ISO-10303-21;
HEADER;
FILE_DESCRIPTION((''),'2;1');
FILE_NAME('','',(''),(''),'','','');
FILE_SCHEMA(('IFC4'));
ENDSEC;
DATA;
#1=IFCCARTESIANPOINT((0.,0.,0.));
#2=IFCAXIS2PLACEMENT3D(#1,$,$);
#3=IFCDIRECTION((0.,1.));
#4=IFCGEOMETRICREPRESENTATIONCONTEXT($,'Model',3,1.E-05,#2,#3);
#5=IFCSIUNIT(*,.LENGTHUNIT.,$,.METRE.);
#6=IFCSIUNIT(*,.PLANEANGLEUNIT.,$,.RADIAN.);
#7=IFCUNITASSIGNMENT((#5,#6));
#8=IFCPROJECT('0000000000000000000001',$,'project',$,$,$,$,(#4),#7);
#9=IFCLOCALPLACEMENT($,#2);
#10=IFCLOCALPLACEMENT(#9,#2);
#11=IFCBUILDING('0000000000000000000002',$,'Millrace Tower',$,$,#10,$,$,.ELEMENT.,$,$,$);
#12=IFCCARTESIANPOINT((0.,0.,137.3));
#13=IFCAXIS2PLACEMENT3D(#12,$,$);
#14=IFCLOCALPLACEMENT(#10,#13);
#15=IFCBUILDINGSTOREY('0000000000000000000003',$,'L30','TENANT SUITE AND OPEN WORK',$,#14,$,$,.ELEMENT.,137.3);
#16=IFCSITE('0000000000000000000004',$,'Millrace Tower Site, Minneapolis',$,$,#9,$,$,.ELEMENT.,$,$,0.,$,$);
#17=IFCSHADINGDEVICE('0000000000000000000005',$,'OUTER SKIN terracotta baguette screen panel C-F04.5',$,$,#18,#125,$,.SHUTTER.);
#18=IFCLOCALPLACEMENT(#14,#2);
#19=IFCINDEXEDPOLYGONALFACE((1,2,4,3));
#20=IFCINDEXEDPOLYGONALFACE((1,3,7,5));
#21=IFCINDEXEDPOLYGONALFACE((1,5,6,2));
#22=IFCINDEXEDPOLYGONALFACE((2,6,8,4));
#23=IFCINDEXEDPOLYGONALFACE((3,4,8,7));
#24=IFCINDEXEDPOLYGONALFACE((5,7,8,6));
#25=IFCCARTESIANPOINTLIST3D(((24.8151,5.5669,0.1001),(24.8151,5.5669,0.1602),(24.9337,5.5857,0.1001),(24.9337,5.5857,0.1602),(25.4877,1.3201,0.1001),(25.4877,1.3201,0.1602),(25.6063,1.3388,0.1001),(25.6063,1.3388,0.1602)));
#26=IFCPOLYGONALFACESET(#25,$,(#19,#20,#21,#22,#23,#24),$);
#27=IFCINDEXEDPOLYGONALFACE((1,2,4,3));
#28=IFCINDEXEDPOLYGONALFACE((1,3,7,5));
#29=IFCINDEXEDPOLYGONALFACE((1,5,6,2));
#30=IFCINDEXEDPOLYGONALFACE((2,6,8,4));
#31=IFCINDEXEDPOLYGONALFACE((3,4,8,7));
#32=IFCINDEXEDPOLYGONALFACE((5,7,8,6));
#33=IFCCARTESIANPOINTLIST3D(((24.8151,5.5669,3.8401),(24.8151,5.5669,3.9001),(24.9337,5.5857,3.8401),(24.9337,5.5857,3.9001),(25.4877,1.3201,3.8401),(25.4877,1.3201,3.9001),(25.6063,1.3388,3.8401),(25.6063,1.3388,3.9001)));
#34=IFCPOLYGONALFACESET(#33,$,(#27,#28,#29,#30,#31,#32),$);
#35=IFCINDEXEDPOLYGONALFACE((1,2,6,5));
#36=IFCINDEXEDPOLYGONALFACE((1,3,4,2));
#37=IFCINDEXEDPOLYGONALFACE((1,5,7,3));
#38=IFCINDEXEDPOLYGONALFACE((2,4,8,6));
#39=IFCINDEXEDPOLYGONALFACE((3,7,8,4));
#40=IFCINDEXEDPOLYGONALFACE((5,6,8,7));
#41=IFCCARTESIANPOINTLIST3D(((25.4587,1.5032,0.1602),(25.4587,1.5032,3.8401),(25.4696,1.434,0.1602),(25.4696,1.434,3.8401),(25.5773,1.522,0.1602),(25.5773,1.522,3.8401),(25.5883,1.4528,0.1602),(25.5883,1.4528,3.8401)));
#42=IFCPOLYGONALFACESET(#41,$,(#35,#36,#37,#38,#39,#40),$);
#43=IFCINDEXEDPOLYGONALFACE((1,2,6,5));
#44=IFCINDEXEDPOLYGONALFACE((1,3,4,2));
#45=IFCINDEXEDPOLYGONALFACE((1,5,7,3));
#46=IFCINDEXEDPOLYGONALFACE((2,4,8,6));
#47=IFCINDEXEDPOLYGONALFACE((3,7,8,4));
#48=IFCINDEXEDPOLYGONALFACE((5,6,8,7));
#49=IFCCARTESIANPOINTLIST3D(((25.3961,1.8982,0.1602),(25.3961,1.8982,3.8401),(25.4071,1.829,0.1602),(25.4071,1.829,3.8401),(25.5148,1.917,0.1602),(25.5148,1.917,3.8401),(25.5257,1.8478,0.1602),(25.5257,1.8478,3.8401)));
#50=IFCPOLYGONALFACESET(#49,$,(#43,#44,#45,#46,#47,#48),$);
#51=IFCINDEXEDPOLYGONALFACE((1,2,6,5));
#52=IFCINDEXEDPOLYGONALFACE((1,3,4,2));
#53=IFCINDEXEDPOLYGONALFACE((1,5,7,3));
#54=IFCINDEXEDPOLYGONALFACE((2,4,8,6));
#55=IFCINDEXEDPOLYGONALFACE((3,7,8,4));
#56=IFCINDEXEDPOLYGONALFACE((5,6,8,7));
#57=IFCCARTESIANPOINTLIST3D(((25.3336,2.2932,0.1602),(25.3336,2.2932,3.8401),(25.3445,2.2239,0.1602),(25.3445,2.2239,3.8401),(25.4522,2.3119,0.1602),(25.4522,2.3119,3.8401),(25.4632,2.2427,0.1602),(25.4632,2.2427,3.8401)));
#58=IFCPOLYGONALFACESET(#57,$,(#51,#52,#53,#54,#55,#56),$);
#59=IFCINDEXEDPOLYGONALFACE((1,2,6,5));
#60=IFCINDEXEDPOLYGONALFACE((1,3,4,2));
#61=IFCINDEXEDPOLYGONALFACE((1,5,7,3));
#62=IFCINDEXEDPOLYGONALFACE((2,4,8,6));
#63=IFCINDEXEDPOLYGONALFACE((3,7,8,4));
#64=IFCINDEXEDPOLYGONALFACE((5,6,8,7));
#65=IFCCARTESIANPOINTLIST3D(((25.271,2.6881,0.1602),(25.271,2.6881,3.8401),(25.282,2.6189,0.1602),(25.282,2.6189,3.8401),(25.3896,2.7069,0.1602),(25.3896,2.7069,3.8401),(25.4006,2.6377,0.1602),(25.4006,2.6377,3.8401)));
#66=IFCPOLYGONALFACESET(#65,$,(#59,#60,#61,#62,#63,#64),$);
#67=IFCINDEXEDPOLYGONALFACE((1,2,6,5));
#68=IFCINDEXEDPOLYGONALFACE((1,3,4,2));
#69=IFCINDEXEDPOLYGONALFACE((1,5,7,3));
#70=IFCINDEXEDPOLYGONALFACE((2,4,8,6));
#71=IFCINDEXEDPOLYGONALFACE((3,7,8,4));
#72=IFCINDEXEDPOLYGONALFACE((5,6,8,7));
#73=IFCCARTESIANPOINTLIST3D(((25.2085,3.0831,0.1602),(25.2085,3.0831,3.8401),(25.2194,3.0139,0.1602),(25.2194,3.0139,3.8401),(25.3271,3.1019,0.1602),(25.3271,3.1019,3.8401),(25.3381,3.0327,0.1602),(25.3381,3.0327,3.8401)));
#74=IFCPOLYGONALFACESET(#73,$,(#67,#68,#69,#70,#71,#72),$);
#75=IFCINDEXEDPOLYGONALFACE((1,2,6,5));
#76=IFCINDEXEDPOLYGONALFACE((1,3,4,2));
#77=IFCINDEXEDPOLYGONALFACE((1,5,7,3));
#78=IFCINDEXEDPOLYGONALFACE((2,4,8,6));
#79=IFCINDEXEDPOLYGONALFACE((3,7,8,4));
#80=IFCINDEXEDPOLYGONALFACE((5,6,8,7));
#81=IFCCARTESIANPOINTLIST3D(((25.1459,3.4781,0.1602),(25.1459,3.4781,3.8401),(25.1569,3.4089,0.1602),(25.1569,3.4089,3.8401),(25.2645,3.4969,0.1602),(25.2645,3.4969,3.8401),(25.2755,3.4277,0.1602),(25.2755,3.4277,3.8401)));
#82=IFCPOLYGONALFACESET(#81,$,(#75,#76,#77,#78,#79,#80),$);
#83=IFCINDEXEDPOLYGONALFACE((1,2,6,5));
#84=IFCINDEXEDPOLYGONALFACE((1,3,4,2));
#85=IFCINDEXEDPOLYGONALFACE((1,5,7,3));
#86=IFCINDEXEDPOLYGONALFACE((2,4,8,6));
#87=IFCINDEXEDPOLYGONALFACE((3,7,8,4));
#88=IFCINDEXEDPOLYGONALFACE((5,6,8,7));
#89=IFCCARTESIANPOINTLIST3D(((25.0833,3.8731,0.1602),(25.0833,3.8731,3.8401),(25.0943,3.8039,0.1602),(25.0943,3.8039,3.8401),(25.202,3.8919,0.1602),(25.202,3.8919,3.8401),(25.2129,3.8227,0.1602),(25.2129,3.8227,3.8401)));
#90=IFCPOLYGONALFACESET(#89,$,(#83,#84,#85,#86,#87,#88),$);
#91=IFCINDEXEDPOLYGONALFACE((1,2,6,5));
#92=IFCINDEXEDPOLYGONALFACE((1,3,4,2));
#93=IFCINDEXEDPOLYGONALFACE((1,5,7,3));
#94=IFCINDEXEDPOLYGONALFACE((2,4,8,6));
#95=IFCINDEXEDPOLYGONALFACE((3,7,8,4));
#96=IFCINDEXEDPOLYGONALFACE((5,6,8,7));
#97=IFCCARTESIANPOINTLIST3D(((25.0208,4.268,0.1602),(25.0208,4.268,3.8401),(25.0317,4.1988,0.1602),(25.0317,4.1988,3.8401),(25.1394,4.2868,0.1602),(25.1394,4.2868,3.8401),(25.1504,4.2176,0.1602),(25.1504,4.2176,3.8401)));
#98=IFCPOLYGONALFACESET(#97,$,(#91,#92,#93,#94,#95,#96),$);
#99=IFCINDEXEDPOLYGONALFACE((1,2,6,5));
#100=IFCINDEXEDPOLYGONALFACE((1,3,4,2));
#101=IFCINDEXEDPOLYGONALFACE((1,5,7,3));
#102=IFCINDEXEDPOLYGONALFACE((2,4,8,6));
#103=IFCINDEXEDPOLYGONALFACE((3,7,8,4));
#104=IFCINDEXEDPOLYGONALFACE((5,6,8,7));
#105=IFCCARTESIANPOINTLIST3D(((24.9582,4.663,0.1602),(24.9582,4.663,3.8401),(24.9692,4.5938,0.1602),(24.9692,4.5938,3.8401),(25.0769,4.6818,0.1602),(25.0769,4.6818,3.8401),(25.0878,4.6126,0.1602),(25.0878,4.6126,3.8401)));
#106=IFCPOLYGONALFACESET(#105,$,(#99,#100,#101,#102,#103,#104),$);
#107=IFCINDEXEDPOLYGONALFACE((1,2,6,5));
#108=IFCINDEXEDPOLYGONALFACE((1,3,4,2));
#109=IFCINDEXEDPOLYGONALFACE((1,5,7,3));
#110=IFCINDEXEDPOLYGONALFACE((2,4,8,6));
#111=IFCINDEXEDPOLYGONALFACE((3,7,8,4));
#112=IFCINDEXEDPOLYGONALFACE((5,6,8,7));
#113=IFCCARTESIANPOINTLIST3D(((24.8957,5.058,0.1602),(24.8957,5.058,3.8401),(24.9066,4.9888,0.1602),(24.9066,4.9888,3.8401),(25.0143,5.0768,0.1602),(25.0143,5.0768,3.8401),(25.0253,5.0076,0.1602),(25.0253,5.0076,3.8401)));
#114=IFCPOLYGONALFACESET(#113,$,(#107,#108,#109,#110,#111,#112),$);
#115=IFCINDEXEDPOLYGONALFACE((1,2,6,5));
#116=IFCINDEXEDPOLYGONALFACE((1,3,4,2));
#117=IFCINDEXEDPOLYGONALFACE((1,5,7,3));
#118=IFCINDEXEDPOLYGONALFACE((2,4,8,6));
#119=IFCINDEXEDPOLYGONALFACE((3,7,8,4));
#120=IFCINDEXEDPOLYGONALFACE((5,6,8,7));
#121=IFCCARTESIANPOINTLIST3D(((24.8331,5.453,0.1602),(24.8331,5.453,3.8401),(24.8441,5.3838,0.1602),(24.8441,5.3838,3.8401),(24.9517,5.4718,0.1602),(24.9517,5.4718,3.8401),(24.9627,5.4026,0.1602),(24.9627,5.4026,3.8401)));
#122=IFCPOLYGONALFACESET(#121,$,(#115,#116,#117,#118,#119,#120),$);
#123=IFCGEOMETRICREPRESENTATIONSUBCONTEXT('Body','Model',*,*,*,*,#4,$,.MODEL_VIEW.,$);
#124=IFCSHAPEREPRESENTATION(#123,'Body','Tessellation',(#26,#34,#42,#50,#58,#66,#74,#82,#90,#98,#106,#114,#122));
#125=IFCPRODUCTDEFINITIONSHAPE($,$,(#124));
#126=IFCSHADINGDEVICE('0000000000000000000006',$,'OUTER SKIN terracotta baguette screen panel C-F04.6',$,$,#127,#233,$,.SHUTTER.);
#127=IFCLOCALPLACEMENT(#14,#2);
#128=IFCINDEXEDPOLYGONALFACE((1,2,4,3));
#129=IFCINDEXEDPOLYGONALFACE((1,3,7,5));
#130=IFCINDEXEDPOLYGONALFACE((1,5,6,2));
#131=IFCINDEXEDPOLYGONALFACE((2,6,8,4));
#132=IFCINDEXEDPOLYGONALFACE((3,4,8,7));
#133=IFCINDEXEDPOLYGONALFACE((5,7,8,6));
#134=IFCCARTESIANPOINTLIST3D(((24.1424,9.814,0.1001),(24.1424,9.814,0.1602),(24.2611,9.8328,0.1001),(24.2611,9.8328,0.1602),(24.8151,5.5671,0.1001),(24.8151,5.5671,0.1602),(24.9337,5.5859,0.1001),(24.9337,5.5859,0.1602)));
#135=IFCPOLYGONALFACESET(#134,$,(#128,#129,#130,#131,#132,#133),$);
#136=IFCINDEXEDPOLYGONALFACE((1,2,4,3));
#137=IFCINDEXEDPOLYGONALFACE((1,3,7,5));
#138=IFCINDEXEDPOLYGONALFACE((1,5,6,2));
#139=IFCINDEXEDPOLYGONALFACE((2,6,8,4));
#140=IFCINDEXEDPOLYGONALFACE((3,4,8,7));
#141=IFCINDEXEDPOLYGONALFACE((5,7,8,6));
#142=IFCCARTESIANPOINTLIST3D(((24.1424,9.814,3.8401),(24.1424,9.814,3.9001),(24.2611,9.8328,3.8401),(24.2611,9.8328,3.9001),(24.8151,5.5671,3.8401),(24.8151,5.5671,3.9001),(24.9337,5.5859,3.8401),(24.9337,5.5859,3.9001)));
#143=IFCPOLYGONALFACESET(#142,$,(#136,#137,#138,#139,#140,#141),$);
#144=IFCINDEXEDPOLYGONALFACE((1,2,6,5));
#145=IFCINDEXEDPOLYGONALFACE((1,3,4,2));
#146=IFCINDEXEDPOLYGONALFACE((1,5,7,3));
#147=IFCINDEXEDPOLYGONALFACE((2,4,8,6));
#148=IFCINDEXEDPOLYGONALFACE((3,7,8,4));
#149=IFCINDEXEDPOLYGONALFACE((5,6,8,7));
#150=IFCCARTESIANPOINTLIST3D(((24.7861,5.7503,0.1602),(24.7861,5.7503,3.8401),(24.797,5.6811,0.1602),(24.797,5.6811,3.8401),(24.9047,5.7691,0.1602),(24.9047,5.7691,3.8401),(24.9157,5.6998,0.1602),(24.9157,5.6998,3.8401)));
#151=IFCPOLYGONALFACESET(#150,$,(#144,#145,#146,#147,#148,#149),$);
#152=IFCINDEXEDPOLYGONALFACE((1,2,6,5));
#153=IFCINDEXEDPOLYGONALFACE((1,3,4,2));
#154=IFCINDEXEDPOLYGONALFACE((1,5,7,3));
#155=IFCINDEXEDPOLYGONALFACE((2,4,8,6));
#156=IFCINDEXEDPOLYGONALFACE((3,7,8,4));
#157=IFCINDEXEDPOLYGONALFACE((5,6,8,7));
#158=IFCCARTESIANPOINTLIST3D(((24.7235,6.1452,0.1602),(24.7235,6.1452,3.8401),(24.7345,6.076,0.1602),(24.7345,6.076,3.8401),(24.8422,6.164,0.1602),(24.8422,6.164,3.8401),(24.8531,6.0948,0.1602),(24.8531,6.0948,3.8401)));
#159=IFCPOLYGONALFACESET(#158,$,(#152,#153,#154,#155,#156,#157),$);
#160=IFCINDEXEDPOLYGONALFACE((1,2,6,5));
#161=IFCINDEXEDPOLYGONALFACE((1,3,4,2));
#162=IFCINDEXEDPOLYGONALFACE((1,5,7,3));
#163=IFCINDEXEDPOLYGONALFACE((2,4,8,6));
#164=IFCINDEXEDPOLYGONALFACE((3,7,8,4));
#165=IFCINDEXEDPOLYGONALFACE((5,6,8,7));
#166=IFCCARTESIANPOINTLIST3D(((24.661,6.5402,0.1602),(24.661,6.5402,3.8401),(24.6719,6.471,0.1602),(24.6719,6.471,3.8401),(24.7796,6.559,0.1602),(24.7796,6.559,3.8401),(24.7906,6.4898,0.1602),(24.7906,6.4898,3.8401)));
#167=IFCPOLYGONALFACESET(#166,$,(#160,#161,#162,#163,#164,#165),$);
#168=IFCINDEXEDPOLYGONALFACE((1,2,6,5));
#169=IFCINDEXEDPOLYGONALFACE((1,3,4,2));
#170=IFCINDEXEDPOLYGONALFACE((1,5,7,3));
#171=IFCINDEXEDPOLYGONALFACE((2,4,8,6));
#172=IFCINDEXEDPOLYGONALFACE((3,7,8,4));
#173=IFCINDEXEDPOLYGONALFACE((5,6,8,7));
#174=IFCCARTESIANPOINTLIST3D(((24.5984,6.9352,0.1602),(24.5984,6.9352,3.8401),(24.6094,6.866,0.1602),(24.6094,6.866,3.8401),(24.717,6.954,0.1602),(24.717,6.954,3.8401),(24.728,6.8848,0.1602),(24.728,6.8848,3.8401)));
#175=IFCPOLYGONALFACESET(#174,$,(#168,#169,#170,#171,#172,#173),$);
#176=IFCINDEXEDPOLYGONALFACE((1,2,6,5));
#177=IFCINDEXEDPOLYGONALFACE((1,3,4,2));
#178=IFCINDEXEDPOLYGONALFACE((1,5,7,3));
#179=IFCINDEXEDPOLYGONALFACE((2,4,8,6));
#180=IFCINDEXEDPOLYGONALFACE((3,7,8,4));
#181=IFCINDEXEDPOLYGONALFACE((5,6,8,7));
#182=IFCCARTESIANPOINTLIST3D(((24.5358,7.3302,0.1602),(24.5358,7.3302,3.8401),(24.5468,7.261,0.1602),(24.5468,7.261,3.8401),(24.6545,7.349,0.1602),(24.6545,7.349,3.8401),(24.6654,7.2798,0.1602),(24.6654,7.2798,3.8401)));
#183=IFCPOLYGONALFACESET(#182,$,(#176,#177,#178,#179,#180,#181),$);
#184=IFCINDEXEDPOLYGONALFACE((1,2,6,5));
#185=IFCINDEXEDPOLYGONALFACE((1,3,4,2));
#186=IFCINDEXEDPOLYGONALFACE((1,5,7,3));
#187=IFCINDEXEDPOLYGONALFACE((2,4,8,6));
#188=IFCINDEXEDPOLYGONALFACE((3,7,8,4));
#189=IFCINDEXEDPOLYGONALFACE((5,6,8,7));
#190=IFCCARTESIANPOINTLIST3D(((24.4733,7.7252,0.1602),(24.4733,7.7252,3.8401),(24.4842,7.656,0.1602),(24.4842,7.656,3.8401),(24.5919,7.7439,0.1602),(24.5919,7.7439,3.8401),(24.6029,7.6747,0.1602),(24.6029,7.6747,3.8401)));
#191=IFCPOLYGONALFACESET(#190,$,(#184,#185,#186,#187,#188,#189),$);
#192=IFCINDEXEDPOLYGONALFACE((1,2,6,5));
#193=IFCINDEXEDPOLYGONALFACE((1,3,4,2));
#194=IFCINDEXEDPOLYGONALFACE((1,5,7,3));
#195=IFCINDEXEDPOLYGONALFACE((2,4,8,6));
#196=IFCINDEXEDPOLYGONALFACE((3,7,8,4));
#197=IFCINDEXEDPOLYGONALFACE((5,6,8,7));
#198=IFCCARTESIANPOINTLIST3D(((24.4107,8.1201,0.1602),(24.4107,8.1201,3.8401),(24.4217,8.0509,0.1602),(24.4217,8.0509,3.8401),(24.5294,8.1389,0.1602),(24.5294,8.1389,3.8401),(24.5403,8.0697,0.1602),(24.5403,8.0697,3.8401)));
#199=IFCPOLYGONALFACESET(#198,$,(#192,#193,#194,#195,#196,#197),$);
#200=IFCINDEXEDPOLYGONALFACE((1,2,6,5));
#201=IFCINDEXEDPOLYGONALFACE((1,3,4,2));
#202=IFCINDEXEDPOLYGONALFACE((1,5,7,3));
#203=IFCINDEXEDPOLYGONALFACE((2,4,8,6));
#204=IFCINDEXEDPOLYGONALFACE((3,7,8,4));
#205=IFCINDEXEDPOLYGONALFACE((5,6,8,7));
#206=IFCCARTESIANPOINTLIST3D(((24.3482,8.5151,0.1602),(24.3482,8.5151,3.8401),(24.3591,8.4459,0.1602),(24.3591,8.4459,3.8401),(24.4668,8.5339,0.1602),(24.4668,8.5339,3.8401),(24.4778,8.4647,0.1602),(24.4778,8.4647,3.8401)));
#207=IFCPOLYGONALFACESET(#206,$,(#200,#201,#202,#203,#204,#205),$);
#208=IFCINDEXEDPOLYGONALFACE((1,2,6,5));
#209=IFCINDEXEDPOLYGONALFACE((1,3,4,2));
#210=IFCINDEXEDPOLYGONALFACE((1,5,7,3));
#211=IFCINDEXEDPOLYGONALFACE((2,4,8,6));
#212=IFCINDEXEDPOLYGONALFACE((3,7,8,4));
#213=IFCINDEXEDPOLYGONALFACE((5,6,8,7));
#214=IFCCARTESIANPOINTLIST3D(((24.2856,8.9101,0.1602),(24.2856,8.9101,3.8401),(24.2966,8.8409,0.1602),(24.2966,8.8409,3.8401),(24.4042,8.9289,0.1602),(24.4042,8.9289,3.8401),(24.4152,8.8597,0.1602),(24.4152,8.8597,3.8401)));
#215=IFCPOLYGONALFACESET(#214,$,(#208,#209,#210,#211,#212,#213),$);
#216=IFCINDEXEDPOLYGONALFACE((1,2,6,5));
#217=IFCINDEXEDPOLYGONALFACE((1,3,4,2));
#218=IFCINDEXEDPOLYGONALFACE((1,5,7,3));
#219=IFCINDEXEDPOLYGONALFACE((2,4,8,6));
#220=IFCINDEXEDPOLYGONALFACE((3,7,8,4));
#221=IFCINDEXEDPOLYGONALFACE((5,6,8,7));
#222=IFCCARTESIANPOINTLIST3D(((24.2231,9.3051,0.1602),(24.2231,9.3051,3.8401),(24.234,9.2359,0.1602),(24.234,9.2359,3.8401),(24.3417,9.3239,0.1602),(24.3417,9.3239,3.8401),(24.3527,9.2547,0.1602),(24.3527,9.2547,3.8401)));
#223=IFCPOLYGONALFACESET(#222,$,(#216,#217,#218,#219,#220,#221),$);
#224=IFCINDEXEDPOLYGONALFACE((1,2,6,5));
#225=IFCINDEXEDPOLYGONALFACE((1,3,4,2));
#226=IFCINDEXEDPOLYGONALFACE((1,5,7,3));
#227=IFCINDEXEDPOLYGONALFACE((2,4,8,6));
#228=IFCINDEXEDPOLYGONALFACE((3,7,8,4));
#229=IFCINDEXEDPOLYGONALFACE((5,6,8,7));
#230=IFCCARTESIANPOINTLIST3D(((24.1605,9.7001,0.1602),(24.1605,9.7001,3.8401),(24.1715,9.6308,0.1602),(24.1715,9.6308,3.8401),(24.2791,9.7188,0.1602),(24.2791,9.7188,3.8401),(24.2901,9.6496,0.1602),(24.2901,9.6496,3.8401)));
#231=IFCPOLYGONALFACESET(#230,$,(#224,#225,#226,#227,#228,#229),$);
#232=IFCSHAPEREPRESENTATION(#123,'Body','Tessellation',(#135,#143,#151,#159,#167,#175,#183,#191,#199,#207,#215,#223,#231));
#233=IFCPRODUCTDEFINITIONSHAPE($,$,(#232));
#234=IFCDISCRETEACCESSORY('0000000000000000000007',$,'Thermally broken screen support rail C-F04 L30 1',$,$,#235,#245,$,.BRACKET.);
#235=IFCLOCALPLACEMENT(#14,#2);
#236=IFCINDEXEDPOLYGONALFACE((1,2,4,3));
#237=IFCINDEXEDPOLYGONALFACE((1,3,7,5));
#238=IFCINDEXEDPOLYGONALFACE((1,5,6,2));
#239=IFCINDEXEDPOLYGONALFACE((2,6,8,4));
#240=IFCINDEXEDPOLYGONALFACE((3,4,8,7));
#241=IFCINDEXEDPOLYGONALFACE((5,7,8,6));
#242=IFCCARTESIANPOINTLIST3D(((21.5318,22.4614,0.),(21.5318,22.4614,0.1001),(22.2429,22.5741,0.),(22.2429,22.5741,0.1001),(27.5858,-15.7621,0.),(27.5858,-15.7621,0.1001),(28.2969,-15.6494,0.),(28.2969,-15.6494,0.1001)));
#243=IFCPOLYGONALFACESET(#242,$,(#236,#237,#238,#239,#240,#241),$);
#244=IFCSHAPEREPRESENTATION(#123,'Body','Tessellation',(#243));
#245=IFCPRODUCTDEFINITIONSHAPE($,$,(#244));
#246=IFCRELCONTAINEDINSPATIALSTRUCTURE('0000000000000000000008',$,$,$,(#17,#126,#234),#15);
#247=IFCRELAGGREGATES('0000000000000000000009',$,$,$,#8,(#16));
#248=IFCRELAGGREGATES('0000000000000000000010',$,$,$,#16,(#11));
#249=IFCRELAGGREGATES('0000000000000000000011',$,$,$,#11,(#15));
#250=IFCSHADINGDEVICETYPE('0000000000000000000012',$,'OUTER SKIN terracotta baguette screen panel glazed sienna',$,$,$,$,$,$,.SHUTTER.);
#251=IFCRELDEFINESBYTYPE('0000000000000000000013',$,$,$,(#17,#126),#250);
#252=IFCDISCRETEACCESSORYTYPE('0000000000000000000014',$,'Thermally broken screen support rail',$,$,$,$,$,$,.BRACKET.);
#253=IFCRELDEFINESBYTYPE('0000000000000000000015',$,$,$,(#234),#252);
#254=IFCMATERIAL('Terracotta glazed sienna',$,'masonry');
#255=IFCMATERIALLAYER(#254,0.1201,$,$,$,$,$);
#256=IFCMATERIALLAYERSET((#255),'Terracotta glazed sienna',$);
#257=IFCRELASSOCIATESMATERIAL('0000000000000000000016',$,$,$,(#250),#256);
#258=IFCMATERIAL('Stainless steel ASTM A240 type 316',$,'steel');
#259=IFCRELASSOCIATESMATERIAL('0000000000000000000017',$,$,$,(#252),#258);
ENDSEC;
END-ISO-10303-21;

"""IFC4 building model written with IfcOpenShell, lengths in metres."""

from ifc_helpers import new_model, entity, si_unit, direction, frame, frame_2d, origin, origin_2d, place, context, subcontext, project, spatial, rectangle, extrude, source, transform, mapped, material, layer, layer_set, type_object, element, save


model = new_model("IFC4")

# Units and contexts
model_context = context("Model", 3, precision=1e-05, world=origin(), true_north=direction((0.0, 1.0)))
body_context = subcontext(model_context, "Body", "Model", "MODEL_VIEW")
ifc_project = project(units=[si_unit("LENGTHUNIT", "METRE"), si_unit("PLANEANGLEUNIT", "RADIAN")], contexts=[model_context])

# Site, building, storey
site_placement = place(None, origin())
site = spatial("IfcSite", under=ifc_project, at=site_placement, Name="Millrace Tower Site, Minneapolis", CompositionType="ELEMENT", RefElevation=0.0)
building_placement = place(site_placement, origin())
building = spatial("IfcBuilding", under=site, at=building_placement, Name="Millrace Tower", CompositionType="ELEMENT")
storey_placement = place(building_placement, frame((0.0, 0.0, 137.3)))
storey = spatial("IfcBuildingStorey", under=building, at=storey_placement, Name="L30", Description="TENANT SUITE AND OPEN WORK", CompositionType="ELEMENT", Elevation=137.3)

# Shading devices
ifc_material_1 = material(Name="Terracotta glazed sienna", Category="masonry")
ifc_layer_1 = layer(ifc_material_1, 0.1201)
ifc_layer_set_1 = layer_set([ifc_layer_1], Name="Terracotta glazed sienna")
shading_device_type = type_object("IfcShadingDeviceType", Name="OUTER SKIN terracotta baguette screen panel glazed sienna", PredefinedType="SHUTTER", material=ifc_layer_set_1)
cartesian_point = entity("IfcCartesianPoint", [-2.1499, 0.0601])
shared_polyline = entity("IfcPolyline", [cartesian_point, entity("IfcCartesianPoint", [2.1499, 0.0601]), entity("IfcCartesianPoint", [2.1499, -0.0601]), entity("IfcCartesianPoint", [-2.1499, -0.0601]), cartesian_point])
shared_shape = source(origin(), body_context, "Body", "SweptSolid", [
    entity("IfcExtrudedAreaSolid", entity("IfcArbitraryClosedProfileDef", "AREA", None, shared_polyline), entity("IfcAxis2Placement3D", entity("IfcCartesianPoint", [0.0, 0.0, 0.0])), entity("IfcDirection", [0.0, 0.0, 1.0]), 0.0601),
    entity("IfcExtrudedAreaSolid", entity("IfcArbitraryClosedProfileDef", "AREA", None, shared_polyline), entity("IfcAxis2Placement3D", entity("IfcCartesianPoint", [0.0, 0.0, 3.74])), entity("IfcDirection", [0.0, 0.0, 1.0]), 0.0601),
    extrude(rectangle(XDim=0.0701, YDim=0.1201, at=frame_2d((-1.9995, 0.0))), frame((0.0, 0.0, 0.0601)), (0.0, 0.0, 1.0), 3.6799),
    extrude(rectangle(XDim=0.0701, YDim=0.1201, at=frame_2d((-1.5996, 0.0))), frame((0.0, 0.0, 0.0601)), (0.0, 0.0, 1.0), 3.6799),
    extrude(rectangle(XDim=0.0701, YDim=0.1201, at=frame_2d((-1.1997, 0.0))), frame((0.0, 0.0, 0.0601)), (0.0, 0.0, 1.0), 3.6799),
    extrude(rectangle(XDim=0.0701, YDim=0.1201, at=frame_2d((-0.7998, 0.0))), frame((0.0, 0.0, 0.0601)), (0.0, 0.0, 1.0), 3.6799),
    extrude(rectangle(XDim=0.0701, YDim=0.1201, at=frame_2d((-0.3999, 0.0))), frame((0.0, 0.0, 0.0601)), (0.0, 0.0, 1.0), 3.6799),
    extrude(rectangle(XDim=0.0701, YDim=0.1201, at=origin_2d()), frame((0.0, 0.0, 0.0601)), (0.0, 0.0, 1.0), 3.6799),
    extrude(rectangle(XDim=0.0701, YDim=0.1201, at=frame_2d((0.3999, 0.0))), frame((0.0, 0.0, 0.0601)), (0.0, 0.0, 1.0), 3.6799),
    extrude(rectangle(XDim=0.0701, YDim=0.1201, at=frame_2d((0.7998, 0.0))), frame((0.0, 0.0, 0.0601)), (0.0, 0.0, 1.0), 3.6799),
    extrude(rectangle(XDim=0.0701, YDim=0.1201, at=frame_2d((1.1997, 0.0))), frame((0.0, 0.0, 0.0601)), (0.0, 0.0, 1.0), 3.6799),
    extrude(rectangle(XDim=0.0701, YDim=0.1201, at=frame_2d((1.5996, 0.0))), frame((0.0, 0.0, 0.0601)), (0.0, 0.0, 1.0), 3.6799),
    extrude(rectangle(XDim=0.0701, YDim=0.1201, at=frame_2d((1.9995, 0.0))), frame((0.0, 0.0, 0.0601)), (0.0, 0.0, 1.0), 3.6799),
])
for number, where, z_axis, x_axis, name in (
    (1, (25.2107, 3.4529, 0.1001), (0.0, 0.0, 1.0), (-0.156434, 0.987688, 0.0), "OUTER SKIN terracotta baguette screen panel C-F04.5"),
    (2, (24.5381, 7.7, 0.1001), (0.0, 0.0, 1.0), (-0.156434, 0.987688, 0.0), "OUTER SKIN terracotta baguette screen panel C-F04.6"),
):
    element("IfcShadingDevice", number, at=place(storey_placement, frame(where, z_axis=z_axis, x_axis=x_axis)), inside=storey, type_object=shading_device_type, Name=name, PredefinedType="SHUTTER", context=body_context, shape_type="MappedRepresentation", body=[
        mapped(shared_shape, transform((0.0, 0.0, 0.0), scale=1.0)),
    ])

# Discrete accessory
ifc_material_2 = material(Name="Stainless steel ASTM A240 type 316", Category="steel")
discrete_accessory_type = type_object("IfcDiscreteAccessoryType", Name="Thermally broken screen support rail", PredefinedType="BRACKET", material=ifc_material_2)
discrete_accessory_placement = place(storey_placement, frame((24.9143, 3.406, 0.0), z_axis=(0.0, 0.0, 1.0), x_axis=(-0.156434, 0.987688, 0.0)))
element("IfcDiscreteAccessory", 3, at=discrete_accessory_placement, inside=storey, type_object=discrete_accessory_type, Name="Thermally broken screen support rail C-F04 L30 1", PredefinedType="BRACKET", context=body_context, shape_type="SweptSolid", body=[
    extrude(rectangle(XDim=38.7, YDim=0.72, at=origin_2d()), origin(), (0.0, 0.0, 1.0), 0.1001),
])

save(model, "model.ifc")
